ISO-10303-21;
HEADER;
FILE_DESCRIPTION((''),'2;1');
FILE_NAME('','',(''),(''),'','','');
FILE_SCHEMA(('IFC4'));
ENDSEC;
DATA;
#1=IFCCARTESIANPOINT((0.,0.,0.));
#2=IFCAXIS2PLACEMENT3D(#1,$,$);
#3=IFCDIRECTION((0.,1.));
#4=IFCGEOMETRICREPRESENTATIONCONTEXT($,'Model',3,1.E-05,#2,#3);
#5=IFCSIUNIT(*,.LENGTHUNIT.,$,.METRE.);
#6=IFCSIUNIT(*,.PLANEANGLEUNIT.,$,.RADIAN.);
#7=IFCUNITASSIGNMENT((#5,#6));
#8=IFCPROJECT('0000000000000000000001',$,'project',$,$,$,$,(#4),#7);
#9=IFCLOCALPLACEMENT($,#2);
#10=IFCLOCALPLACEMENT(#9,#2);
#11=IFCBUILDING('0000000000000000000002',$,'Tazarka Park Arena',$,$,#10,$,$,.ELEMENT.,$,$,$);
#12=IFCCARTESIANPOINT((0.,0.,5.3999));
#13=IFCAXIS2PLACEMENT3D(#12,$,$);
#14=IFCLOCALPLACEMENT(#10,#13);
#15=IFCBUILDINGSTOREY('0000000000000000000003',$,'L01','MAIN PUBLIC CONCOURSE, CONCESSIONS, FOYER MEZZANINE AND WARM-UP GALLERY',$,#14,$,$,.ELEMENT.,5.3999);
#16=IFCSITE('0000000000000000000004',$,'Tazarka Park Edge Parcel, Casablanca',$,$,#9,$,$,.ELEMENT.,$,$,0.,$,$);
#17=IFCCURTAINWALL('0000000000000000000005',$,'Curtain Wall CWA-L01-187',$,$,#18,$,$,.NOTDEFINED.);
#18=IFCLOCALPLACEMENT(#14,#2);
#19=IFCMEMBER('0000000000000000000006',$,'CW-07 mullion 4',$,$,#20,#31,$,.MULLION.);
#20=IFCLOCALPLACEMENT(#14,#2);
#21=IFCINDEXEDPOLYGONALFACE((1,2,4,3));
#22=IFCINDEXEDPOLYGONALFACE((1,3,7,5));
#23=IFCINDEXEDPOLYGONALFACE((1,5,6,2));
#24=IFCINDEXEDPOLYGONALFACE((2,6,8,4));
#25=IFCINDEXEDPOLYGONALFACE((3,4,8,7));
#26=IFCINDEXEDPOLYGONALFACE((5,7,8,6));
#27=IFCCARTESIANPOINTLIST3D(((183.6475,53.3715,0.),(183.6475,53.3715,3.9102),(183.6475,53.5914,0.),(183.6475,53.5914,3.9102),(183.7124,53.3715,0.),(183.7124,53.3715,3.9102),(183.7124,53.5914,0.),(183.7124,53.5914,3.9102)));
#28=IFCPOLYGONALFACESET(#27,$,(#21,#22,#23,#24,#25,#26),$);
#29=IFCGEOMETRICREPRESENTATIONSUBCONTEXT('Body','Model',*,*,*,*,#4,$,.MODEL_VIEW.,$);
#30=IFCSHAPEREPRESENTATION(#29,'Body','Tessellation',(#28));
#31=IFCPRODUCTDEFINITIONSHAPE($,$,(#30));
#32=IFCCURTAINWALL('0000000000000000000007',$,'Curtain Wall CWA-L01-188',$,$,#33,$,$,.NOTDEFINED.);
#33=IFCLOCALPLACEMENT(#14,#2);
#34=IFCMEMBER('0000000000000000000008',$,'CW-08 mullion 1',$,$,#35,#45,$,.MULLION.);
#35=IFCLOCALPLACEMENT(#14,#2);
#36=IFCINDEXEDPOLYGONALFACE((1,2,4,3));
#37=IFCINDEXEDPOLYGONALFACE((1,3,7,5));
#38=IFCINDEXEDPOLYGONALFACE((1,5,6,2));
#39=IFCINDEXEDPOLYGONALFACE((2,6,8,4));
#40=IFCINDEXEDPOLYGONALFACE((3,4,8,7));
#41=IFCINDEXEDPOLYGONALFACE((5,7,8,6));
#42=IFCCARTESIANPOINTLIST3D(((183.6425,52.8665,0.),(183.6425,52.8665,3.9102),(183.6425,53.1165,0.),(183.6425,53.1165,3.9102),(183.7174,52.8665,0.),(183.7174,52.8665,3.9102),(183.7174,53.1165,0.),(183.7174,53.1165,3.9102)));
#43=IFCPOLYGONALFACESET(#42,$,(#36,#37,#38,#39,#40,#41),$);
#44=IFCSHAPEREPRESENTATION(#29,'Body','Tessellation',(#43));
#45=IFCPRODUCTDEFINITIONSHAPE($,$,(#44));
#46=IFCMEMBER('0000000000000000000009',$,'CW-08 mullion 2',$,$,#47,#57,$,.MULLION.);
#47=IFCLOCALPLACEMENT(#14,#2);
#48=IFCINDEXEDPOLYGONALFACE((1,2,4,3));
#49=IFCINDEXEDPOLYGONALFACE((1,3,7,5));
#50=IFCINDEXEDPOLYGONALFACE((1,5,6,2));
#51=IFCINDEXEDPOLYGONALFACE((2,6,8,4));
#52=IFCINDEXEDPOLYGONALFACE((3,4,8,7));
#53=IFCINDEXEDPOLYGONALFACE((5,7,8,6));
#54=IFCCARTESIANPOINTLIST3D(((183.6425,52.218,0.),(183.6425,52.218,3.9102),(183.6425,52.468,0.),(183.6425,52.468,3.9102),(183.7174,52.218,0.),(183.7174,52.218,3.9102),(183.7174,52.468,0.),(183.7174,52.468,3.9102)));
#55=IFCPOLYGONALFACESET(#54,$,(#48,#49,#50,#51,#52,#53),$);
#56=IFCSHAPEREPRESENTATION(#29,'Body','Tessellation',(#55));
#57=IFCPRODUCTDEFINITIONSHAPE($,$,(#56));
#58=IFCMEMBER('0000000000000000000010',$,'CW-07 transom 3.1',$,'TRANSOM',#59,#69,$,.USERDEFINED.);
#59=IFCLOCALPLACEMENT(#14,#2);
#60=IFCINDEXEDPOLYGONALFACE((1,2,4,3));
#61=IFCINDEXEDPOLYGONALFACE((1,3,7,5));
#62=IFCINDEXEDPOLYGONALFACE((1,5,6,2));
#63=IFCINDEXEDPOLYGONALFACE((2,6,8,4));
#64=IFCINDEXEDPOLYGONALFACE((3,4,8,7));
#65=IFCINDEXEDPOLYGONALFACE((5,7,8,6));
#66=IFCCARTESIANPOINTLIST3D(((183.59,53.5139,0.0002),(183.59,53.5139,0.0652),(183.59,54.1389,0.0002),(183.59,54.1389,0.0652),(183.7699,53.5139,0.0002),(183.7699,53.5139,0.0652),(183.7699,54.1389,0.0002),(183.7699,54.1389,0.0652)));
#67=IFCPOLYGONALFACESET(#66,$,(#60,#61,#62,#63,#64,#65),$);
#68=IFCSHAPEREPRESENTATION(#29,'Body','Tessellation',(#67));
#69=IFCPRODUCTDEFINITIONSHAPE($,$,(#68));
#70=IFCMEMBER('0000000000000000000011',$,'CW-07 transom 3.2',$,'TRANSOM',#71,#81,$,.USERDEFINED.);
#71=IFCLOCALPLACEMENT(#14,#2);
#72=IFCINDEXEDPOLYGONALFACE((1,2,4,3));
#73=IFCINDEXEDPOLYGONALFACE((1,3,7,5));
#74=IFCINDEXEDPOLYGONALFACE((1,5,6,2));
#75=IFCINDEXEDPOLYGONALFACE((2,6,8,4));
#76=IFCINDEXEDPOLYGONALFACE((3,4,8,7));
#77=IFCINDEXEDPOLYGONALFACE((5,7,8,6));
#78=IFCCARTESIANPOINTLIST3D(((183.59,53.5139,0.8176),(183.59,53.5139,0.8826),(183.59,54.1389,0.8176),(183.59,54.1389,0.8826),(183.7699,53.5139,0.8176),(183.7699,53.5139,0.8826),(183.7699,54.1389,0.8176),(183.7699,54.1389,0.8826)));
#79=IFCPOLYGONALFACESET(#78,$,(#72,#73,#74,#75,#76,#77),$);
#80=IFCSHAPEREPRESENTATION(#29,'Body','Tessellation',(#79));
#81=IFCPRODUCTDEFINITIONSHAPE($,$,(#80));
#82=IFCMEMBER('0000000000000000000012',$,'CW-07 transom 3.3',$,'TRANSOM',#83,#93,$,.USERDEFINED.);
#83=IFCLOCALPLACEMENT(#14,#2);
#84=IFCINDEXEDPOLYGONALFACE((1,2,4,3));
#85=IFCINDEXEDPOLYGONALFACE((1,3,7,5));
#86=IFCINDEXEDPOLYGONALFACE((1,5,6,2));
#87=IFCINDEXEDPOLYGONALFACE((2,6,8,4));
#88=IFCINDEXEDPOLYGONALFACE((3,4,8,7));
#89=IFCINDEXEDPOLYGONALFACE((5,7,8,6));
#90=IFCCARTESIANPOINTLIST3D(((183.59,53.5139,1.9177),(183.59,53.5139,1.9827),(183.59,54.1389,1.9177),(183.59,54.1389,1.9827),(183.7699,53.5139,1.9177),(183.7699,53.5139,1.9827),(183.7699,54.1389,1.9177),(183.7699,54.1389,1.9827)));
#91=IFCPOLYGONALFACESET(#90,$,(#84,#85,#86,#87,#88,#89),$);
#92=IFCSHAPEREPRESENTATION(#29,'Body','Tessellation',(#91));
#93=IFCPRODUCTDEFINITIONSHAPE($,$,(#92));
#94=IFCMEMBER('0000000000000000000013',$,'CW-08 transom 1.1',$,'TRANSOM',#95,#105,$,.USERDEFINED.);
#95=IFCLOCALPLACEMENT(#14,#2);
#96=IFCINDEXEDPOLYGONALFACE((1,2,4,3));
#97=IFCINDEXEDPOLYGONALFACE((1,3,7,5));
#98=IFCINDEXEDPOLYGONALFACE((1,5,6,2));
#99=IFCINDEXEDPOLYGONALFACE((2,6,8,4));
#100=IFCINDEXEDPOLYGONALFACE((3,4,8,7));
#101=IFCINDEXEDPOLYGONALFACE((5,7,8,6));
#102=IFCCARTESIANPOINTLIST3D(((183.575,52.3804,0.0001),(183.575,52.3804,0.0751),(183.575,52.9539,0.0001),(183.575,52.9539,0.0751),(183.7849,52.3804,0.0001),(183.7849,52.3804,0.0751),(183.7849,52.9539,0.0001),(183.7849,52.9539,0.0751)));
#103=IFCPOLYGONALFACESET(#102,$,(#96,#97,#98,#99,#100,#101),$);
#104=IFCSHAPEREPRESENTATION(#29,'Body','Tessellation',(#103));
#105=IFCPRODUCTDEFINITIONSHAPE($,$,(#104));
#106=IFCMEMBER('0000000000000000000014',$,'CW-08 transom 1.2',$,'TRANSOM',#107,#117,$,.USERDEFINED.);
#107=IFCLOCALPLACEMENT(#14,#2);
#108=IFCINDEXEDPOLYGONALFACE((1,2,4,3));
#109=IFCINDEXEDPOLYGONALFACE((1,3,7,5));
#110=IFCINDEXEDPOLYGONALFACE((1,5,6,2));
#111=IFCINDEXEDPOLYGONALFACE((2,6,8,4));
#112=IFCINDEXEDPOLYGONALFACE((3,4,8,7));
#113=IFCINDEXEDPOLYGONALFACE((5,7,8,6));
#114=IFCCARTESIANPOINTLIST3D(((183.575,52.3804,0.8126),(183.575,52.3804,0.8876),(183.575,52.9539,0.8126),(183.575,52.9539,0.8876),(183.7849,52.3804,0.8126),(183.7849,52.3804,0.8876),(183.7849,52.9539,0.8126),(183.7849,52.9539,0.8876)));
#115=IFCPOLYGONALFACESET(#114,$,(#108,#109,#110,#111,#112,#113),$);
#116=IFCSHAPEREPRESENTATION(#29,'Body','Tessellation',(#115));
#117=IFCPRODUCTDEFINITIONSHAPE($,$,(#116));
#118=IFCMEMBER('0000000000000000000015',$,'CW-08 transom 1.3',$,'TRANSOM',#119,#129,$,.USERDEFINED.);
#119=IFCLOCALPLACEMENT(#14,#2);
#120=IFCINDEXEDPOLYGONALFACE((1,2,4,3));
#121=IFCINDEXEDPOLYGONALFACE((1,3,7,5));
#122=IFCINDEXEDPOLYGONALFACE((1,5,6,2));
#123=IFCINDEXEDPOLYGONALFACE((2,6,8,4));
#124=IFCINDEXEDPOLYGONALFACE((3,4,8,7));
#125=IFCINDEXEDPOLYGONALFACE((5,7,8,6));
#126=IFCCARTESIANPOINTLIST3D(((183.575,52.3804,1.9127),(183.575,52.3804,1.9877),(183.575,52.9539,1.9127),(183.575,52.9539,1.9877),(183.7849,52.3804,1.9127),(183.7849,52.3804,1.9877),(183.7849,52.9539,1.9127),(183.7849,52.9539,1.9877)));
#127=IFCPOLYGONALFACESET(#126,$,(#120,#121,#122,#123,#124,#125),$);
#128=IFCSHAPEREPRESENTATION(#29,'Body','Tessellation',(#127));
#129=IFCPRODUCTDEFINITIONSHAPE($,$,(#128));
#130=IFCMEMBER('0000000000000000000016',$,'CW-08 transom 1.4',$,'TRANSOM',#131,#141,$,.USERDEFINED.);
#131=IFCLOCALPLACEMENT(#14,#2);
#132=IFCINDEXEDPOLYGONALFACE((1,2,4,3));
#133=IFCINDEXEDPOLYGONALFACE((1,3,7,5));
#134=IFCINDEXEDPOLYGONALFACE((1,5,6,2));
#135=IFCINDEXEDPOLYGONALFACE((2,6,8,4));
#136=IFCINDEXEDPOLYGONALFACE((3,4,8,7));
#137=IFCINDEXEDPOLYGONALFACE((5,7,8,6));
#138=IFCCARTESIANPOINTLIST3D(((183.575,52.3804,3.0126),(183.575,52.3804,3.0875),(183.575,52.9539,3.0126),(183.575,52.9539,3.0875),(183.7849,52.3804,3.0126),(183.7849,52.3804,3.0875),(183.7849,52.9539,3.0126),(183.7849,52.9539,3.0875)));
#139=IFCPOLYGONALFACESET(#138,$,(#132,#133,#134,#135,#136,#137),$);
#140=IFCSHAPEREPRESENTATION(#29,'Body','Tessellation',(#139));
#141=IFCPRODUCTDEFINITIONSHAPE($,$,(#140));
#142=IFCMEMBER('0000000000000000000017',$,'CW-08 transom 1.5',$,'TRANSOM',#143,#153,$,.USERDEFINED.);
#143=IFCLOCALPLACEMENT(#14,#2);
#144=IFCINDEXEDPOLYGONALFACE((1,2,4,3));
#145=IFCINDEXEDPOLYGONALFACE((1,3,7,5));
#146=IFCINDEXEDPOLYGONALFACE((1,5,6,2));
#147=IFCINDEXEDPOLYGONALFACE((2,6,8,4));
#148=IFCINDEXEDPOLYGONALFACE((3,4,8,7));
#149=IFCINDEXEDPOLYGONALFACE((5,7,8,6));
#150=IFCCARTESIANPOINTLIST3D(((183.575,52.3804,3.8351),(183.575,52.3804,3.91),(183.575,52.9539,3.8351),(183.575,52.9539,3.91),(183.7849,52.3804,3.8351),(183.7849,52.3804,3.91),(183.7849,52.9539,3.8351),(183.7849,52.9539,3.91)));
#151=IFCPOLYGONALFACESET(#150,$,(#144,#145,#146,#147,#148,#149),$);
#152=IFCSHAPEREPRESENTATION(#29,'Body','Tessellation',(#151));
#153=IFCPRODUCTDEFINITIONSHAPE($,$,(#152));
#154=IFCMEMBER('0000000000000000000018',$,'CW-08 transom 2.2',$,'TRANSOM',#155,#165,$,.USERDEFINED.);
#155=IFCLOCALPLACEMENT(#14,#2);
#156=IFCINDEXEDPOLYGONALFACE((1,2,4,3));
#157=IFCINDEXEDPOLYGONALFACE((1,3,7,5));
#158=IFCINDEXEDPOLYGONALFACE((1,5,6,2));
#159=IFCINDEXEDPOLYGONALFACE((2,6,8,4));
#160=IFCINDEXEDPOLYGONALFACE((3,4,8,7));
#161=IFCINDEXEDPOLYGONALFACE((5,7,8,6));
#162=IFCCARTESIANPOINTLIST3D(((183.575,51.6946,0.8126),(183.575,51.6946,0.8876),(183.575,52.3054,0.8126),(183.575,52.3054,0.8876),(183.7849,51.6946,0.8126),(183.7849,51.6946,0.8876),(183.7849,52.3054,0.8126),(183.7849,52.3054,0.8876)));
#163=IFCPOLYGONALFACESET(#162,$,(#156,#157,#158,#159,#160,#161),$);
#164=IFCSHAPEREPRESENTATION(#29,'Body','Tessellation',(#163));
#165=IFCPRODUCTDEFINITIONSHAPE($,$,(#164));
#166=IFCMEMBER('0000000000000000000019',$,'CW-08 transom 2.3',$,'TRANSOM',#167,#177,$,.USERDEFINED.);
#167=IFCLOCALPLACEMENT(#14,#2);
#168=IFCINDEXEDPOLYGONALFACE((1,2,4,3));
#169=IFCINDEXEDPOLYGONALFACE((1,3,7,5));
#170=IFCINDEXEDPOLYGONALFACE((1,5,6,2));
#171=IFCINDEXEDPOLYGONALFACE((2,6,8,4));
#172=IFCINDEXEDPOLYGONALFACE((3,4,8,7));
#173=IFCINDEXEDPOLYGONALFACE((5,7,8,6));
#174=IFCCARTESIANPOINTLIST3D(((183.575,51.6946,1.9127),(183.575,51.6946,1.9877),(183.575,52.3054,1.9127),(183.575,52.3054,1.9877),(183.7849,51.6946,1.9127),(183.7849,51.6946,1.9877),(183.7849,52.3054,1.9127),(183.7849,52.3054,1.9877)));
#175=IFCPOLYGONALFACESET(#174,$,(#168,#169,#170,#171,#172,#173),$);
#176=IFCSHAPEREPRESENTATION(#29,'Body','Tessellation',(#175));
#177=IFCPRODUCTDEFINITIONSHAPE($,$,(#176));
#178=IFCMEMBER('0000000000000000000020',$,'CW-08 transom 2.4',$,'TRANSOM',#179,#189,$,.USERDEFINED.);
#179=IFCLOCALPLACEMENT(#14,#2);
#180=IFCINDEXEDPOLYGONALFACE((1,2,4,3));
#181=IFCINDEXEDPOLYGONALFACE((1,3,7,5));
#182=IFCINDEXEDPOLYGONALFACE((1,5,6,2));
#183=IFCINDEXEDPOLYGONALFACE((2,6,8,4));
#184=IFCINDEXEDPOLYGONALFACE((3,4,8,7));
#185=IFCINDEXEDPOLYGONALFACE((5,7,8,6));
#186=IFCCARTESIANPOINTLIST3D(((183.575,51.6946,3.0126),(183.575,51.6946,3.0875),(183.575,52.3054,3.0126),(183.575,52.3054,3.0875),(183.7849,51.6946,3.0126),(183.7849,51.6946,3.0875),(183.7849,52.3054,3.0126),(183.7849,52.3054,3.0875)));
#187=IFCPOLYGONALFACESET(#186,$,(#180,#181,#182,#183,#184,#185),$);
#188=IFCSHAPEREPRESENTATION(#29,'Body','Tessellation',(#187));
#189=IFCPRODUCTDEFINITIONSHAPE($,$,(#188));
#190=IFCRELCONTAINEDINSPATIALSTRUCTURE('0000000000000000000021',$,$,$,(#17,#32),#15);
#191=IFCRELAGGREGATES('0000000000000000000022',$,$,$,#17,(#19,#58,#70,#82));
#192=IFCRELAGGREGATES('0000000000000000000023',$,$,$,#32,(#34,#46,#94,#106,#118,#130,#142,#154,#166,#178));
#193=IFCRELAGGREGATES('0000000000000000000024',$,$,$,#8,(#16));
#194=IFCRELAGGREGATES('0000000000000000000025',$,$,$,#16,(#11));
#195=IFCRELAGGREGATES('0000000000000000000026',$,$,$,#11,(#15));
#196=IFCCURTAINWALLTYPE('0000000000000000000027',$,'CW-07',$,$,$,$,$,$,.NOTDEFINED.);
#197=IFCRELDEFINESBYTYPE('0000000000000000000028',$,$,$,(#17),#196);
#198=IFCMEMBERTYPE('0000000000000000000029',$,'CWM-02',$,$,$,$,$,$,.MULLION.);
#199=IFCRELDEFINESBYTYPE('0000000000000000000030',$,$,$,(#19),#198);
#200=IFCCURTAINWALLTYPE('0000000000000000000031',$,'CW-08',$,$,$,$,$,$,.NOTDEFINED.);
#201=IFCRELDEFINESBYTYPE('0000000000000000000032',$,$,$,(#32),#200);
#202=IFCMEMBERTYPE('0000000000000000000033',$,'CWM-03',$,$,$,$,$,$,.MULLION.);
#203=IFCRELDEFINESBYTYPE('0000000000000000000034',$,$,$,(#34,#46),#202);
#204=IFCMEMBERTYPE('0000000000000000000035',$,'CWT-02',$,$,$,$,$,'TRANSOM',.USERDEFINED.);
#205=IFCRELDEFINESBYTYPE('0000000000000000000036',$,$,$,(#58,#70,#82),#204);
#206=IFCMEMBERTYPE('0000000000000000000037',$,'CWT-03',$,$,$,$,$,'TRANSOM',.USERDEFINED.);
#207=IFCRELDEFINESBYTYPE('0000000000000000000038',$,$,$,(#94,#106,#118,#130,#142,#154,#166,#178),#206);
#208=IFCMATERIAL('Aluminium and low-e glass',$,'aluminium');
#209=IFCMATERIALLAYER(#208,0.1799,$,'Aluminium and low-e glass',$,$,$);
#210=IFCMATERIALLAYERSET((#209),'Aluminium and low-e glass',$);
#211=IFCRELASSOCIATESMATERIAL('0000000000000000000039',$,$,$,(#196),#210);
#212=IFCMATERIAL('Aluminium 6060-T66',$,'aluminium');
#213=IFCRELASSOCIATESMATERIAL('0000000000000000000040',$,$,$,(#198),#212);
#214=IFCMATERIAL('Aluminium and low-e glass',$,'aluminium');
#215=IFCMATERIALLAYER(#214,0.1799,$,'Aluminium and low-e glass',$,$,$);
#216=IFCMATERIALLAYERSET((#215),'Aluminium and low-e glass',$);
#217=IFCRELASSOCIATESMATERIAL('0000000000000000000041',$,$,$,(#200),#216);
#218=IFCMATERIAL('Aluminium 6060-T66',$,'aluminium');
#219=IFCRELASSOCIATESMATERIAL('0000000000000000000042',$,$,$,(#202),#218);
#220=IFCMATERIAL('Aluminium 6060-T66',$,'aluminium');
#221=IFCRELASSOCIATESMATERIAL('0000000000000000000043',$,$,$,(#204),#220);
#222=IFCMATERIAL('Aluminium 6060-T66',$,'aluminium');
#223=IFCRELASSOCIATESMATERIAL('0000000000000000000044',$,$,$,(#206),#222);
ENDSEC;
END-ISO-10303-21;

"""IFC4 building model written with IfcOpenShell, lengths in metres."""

from ifc_helpers import new_model, si_unit, direction, frame, origin, origin_2d, place, context, subcontext, project, spatial, rectangle, extrude, material, layer, layer_set, material_profile, profile_set, type_object, element, aggregate, save


model = new_model("IFC4")

# Units and contexts
model_context = context("Model", 3, precision=1e-05, world=origin(), true_north=direction((0.0, 1.0)))
body_context = subcontext(model_context, "Body", "Model", "MODEL_VIEW")
ifc_project = project(units=[si_unit("LENGTHUNIT", "METRE"), si_unit("PLANEANGLEUNIT", "RADIAN")], contexts=[model_context])

# Site, building, storey
site_placement = place(None, origin())
site = spatial("IfcSite", under=ifc_project, at=site_placement, Name="Tazarka Park Edge Parcel, Casablanca", CompositionType="ELEMENT", RefElevation=0.0)
building_placement = place(site_placement, origin())
building = spatial("IfcBuilding", under=site, at=building_placement, Name="Tazarka Park Arena", CompositionType="ELEMENT")
storey_placement = place(building_placement, frame((0.0, 0.0, 5.3999)))
storey = spatial("IfcBuildingStorey", under=building, at=storey_placement, Name="L01", Description="MAIN PUBLIC CONCOURSE, CONCESSIONS, FOYER MEZZANINE AND WARM-UP GALLERY", CompositionType="ELEMENT", Elevation=5.3999)

# Curtain wall, member
ifc_material_1 = material(Name="Aluminium and low-e glass", Category="aluminium")
ifc_layer_1 = layer(ifc_material_1, 0.1799, Name="Aluminium and low-e glass")
ifc_layer_set_1 = layer_set([ifc_layer_1], Name="Aluminium and low-e glass")
curtain_wall_type_1 = type_object("IfcCurtainWallType", Name="CW-07", PredefinedType="NOTDEFINED", material=ifc_layer_set_1)
curtain_wall_1_placement = place(storey_placement, origin())
curtain_wall_1 = element("IfcCurtainWall", 1, at=curtain_wall_1_placement, inside=storey, type_object=curtain_wall_type_1, Name="Curtain Wall CWA-L01-187", PredefinedType="NOTDEFINED")
ifc_material_2 = material(Name="Aluminium 6060-T66", Category="aluminium")
ifc_material_profile_1 = material_profile(ifc_material_2, rectangle(XDim=0.0649, YDim=0.22, at=origin_2d()), Name="Aluminium 6060-T66")
ifc_profile_set_1 = profile_set([ifc_material_profile_1], Name="Aluminium 6060-T66")
member_type_1 = type_object("IfcMemberType", Name="CWM-02", PredefinedType="MULLION", material=ifc_profile_set_1)
member_1_placement = place(storey_placement, frame((183.6799, 53.4814, 0.0), z_axis=(0.0, 0.0, 1.0), x_axis=(1.0, 0.0, 0.0)))
member_1 = element("IfcMember", 2, at=member_1_placement, type_object=member_type_1, Name="CW-07 mullion 4", PredefinedType="MULLION", context=body_context, shape_type="SweptSolid", body=[
    extrude(rectangle(XDim=0.0649, YDim=0.22, at=origin_2d()), origin(), (0.0, 0.0, 1.0), 3.9102),
])

# Curtain wall, members
ifc_material_3 = material(Name="Aluminium and low-e glass", Category="aluminium")
ifc_layer_2 = layer(ifc_material_3, 0.1799, Name="Aluminium and low-e glass")
ifc_layer_set_2 = layer_set([ifc_layer_2], Name="Aluminium and low-e glass")
curtain_wall_type_2 = type_object("IfcCurtainWallType", Name="CW-08", PredefinedType="NOTDEFINED", material=ifc_layer_set_2)
curtain_wall_2_placement = place(storey_placement, origin())
curtain_wall_2 = element("IfcCurtainWall", 3, at=curtain_wall_2_placement, inside=storey, type_object=curtain_wall_type_2, Name="Curtain Wall CWA-L01-188", PredefinedType="NOTDEFINED")
ifc_material_4 = material(Name="Aluminium 6060-T66", Category="aluminium")
ifc_material_profile_2 = material_profile(ifc_material_4, rectangle(XDim=0.075, YDim=0.25, at=origin_2d()), Name="Aluminium 6060-T66")
ifc_profile_set_2 = profile_set([ifc_material_profile_2], Name="Aluminium 6060-T66")
member_type_2 = type_object("IfcMemberType", Name="CWM-03", PredefinedType="MULLION", material=ifc_profile_set_2)
member_2_placement = place(storey_placement, frame((183.6799, 52.9915, 0.0), z_axis=(0.0, 0.0, 1.0), x_axis=(1.0, 0.0, 0.0)))
member_2 = element("IfcMember", 4, at=member_2_placement, type_object=member_type_2, Name="CW-08 mullion 1", PredefinedType="MULLION", context=body_context, shape_type="SweptSolid", body=[
    extrude(rectangle(XDim=0.075, YDim=0.25, at=origin_2d()), origin(), (0.0, 0.0, 1.0), 3.9102),
])
member_3_placement = place(storey_placement, frame((183.6799, 52.343, 0.0), z_axis=(0.0, 0.0, 1.0), x_axis=(1.0, 0.0, 0.0)))
member_3 = element("IfcMember", 5, at=member_3_placement, type_object=member_type_2, Name="CW-08 mullion 2", PredefinedType="MULLION", context=body_context, shape_type="SweptSolid", body=[
    extrude(rectangle(XDim=0.075, YDim=0.25, at=origin_2d()), origin(), (0.0, 0.0, 1.0), 3.9102),
])

# Members
ifc_material_5 = material(Name="Aluminium 6060-T66", Category="aluminium")
ifc_material_profile_3 = material_profile(ifc_material_5, rectangle(XDim=0.1799, YDim=0.0649, at=origin_2d()), Name="Aluminium 6060-T66")
ifc_profile_set_3 = profile_set([ifc_material_profile_3], Name="Aluminium 6060-T66")
member_type_3 = type_object("IfcMemberType", Name="CWT-02", ElementType="TRANSOM", PredefinedType="USERDEFINED", material=ifc_profile_set_3)
member_4_placement = place(storey_placement, frame((183.6799, 54.1389, 0.0327), z_axis=(0.0, -1.0, 0.0), x_axis=(1.0, 0.0, 0.0)))
member_4 = element("IfcMember", 6, at=member_4_placement, type_object=member_type_3, Name="CW-07 transom 3.1", ObjectType="TRANSOM", PredefinedType="USERDEFINED", context=body_context, shape_type="SweptSolid", body=[
    extrude(rectangle(XDim=0.1799, YDim=0.0649, at=origin_2d()), origin(), (0.0, 0.0, 1.0), 0.625),
])
member_5_placement = place(storey_placement, frame((183.6799, 54.1389, 0.8501), z_axis=(0.0, -1.0, 0.0), x_axis=(1.0, 0.0, 0.0)))
member_5 = element("IfcMember", 7, at=member_5_placement, type_object=member_type_3, Name="CW-07 transom 3.2", ObjectType="TRANSOM", PredefinedType="USERDEFINED", context=body_context, shape_type="SweptSolid", body=[
    extrude(rectangle(XDim=0.1799, YDim=0.0649, at=origin_2d()), origin(), (0.0, 0.0, 1.0), 0.625),
])
member_6_placement = place(storey_placement, frame((183.6799, 54.1389, 1.9502), z_axis=(0.0, -1.0, 0.0), x_axis=(1.0, 0.0, 0.0)))
member_6 = element("IfcMember", 8, at=member_6_placement, type_object=member_type_3, Name="CW-07 transom 3.3", ObjectType="TRANSOM", PredefinedType="USERDEFINED", context=body_context, shape_type="SweptSolid", body=[
    extrude(rectangle(XDim=0.1799, YDim=0.0649, at=origin_2d()), origin(), (0.0, 0.0, 1.0), 0.625),
])
ifc_material_6 = material(Name="Aluminium 6060-T66", Category="aluminium")
ifc_material_profile_4 = material_profile(ifc_material_6, rectangle(XDim=0.21, YDim=0.075, at=origin_2d()), Name="Aluminium 6060-T66")
ifc_profile_set_4 = profile_set([ifc_material_profile_4], Name="Aluminium 6060-T66")
member_type_4 = type_object("IfcMemberType", Name="CWT-03", ElementType="TRANSOM", PredefinedType="USERDEFINED", material=ifc_profile_set_4)
member_7_placement = place(storey_placement, frame((183.6799, 52.9539, 0.0376), z_axis=(0.0, -1.0, 0.0), x_axis=(1.0, 0.0, 0.0)))
member_7 = element("IfcMember", 9, at=member_7_placement, type_object=member_type_4, Name="CW-08 transom 1.1", ObjectType="TRANSOM", PredefinedType="USERDEFINED", context=body_context, shape_type="SweptSolid", body=[
    extrude(rectangle(XDim=0.21, YDim=0.075, at=origin_2d()), origin(), (0.0, 0.0, 1.0), 0.5735),
])
member_8_placement = place(storey_placement, frame((183.6799, 52.9539, 0.8501), z_axis=(0.0, -1.0, 0.0), x_axis=(1.0, 0.0, 0.0)))
member_8 = element("IfcMember", 10, at=member_8_placement, type_object=member_type_4, Name="CW-08 transom 1.2", ObjectType="TRANSOM", PredefinedType="USERDEFINED", context=body_context, shape_type="SweptSolid", body=[
    extrude(rectangle(XDim=0.21, YDim=0.075, at=origin_2d()), origin(), (0.0, 0.0, 1.0), 0.5735),
])
member_9_placement = place(storey_placement, frame((183.6799, 52.9539, 1.9502), z_axis=(0.0, -1.0, 0.0), x_axis=(1.0, 0.0, 0.0)))
member_9 = element("IfcMember", 11, at=member_9_placement, type_object=member_type_4, Name="CW-08 transom 1.3", ObjectType="TRANSOM", PredefinedType="USERDEFINED", context=body_context, shape_type="SweptSolid", body=[
    extrude(rectangle(XDim=0.21, YDim=0.075, at=origin_2d()), origin(), (0.0, 0.0, 1.0), 0.5735),
])
member_10_placement = place(storey_placement, frame((183.6799, 52.9539, 3.05), z_axis=(0.0, -1.0, 0.0), x_axis=(1.0, 0.0, 0.0)))
member_10 = element("IfcMember", 12, at=member_10_placement, type_object=member_type_4, Name="CW-08 transom 1.4", ObjectType="TRANSOM", PredefinedType="USERDEFINED", context=body_context, shape_type="SweptSolid", body=[
    extrude(rectangle(XDim=0.21, YDim=0.075, at=origin_2d()), origin(), (0.0, 0.0, 1.0), 0.5735),
])
member_11_placement = place(storey_placement, frame((183.6799, 52.9539, 3.8726), z_axis=(0.0, -1.0, 0.0), x_axis=(1.0, 0.0, 0.0)))
member_11 = element("IfcMember", 13, at=member_11_placement, type_object=member_type_4, Name="CW-08 transom 1.5", ObjectType="TRANSOM", PredefinedType="USERDEFINED", context=body_context, shape_type="SweptSolid", body=[
    extrude(rectangle(XDim=0.21, YDim=0.075, at=origin_2d()), origin(), (0.0, 0.0, 1.0), 0.5735),
])
member_12_placement = place(storey_placement, frame((183.6799, 52.3054, 0.8501), z_axis=(0.0, -1.0, 0.0), x_axis=(1.0, 0.0, 0.0)))
member_12 = element("IfcMember", 14, at=member_12_placement, type_object=member_type_4, Name="CW-08 transom 2.2", ObjectType="TRANSOM", PredefinedType="USERDEFINED", context=body_context, shape_type="SweptSolid", body=[
    extrude(rectangle(XDim=0.21, YDim=0.075, at=origin_2d()), origin(), (0.0, 0.0, 1.0), 0.6108),
])
member_13_placement = place(storey_placement, frame((183.6799, 52.3054, 1.9502), z_axis=(0.0, -1.0, 0.0), x_axis=(1.0, 0.0, 0.0)))
member_13 = element("IfcMember", 15, at=member_13_placement, type_object=member_type_4, Name="CW-08 transom 2.3", ObjectType="TRANSOM", PredefinedType="USERDEFINED", context=body_context, shape_type="SweptSolid", body=[
    extrude(rectangle(XDim=0.21, YDim=0.075, at=origin_2d()), origin(), (0.0, 0.0, 1.0), 0.6108),
])
member_14_placement = place(storey_placement, frame((183.6799, 52.3054, 3.05), z_axis=(0.0, -1.0, 0.0), x_axis=(1.0, 0.0, 0.0)))
member_14 = element("IfcMember", 16, at=member_14_placement, type_object=member_type_4, Name="CW-08 transom 2.4", ObjectType="TRANSOM", PredefinedType="USERDEFINED", context=body_context, shape_type="SweptSolid", body=[
    extrude(rectangle(XDim=0.21, YDim=0.075, at=origin_2d()), origin(), (0.0, 0.0, 1.0), 0.6108),
])

aggregate(curtain_wall_1, [member_1, member_4, member_5, member_6])
aggregate(curtain_wall_2, [member_2, member_3, member_7, member_8, member_9, member_10, member_11, member_12, member_13, member_14])

save(model, "model.ifc")
